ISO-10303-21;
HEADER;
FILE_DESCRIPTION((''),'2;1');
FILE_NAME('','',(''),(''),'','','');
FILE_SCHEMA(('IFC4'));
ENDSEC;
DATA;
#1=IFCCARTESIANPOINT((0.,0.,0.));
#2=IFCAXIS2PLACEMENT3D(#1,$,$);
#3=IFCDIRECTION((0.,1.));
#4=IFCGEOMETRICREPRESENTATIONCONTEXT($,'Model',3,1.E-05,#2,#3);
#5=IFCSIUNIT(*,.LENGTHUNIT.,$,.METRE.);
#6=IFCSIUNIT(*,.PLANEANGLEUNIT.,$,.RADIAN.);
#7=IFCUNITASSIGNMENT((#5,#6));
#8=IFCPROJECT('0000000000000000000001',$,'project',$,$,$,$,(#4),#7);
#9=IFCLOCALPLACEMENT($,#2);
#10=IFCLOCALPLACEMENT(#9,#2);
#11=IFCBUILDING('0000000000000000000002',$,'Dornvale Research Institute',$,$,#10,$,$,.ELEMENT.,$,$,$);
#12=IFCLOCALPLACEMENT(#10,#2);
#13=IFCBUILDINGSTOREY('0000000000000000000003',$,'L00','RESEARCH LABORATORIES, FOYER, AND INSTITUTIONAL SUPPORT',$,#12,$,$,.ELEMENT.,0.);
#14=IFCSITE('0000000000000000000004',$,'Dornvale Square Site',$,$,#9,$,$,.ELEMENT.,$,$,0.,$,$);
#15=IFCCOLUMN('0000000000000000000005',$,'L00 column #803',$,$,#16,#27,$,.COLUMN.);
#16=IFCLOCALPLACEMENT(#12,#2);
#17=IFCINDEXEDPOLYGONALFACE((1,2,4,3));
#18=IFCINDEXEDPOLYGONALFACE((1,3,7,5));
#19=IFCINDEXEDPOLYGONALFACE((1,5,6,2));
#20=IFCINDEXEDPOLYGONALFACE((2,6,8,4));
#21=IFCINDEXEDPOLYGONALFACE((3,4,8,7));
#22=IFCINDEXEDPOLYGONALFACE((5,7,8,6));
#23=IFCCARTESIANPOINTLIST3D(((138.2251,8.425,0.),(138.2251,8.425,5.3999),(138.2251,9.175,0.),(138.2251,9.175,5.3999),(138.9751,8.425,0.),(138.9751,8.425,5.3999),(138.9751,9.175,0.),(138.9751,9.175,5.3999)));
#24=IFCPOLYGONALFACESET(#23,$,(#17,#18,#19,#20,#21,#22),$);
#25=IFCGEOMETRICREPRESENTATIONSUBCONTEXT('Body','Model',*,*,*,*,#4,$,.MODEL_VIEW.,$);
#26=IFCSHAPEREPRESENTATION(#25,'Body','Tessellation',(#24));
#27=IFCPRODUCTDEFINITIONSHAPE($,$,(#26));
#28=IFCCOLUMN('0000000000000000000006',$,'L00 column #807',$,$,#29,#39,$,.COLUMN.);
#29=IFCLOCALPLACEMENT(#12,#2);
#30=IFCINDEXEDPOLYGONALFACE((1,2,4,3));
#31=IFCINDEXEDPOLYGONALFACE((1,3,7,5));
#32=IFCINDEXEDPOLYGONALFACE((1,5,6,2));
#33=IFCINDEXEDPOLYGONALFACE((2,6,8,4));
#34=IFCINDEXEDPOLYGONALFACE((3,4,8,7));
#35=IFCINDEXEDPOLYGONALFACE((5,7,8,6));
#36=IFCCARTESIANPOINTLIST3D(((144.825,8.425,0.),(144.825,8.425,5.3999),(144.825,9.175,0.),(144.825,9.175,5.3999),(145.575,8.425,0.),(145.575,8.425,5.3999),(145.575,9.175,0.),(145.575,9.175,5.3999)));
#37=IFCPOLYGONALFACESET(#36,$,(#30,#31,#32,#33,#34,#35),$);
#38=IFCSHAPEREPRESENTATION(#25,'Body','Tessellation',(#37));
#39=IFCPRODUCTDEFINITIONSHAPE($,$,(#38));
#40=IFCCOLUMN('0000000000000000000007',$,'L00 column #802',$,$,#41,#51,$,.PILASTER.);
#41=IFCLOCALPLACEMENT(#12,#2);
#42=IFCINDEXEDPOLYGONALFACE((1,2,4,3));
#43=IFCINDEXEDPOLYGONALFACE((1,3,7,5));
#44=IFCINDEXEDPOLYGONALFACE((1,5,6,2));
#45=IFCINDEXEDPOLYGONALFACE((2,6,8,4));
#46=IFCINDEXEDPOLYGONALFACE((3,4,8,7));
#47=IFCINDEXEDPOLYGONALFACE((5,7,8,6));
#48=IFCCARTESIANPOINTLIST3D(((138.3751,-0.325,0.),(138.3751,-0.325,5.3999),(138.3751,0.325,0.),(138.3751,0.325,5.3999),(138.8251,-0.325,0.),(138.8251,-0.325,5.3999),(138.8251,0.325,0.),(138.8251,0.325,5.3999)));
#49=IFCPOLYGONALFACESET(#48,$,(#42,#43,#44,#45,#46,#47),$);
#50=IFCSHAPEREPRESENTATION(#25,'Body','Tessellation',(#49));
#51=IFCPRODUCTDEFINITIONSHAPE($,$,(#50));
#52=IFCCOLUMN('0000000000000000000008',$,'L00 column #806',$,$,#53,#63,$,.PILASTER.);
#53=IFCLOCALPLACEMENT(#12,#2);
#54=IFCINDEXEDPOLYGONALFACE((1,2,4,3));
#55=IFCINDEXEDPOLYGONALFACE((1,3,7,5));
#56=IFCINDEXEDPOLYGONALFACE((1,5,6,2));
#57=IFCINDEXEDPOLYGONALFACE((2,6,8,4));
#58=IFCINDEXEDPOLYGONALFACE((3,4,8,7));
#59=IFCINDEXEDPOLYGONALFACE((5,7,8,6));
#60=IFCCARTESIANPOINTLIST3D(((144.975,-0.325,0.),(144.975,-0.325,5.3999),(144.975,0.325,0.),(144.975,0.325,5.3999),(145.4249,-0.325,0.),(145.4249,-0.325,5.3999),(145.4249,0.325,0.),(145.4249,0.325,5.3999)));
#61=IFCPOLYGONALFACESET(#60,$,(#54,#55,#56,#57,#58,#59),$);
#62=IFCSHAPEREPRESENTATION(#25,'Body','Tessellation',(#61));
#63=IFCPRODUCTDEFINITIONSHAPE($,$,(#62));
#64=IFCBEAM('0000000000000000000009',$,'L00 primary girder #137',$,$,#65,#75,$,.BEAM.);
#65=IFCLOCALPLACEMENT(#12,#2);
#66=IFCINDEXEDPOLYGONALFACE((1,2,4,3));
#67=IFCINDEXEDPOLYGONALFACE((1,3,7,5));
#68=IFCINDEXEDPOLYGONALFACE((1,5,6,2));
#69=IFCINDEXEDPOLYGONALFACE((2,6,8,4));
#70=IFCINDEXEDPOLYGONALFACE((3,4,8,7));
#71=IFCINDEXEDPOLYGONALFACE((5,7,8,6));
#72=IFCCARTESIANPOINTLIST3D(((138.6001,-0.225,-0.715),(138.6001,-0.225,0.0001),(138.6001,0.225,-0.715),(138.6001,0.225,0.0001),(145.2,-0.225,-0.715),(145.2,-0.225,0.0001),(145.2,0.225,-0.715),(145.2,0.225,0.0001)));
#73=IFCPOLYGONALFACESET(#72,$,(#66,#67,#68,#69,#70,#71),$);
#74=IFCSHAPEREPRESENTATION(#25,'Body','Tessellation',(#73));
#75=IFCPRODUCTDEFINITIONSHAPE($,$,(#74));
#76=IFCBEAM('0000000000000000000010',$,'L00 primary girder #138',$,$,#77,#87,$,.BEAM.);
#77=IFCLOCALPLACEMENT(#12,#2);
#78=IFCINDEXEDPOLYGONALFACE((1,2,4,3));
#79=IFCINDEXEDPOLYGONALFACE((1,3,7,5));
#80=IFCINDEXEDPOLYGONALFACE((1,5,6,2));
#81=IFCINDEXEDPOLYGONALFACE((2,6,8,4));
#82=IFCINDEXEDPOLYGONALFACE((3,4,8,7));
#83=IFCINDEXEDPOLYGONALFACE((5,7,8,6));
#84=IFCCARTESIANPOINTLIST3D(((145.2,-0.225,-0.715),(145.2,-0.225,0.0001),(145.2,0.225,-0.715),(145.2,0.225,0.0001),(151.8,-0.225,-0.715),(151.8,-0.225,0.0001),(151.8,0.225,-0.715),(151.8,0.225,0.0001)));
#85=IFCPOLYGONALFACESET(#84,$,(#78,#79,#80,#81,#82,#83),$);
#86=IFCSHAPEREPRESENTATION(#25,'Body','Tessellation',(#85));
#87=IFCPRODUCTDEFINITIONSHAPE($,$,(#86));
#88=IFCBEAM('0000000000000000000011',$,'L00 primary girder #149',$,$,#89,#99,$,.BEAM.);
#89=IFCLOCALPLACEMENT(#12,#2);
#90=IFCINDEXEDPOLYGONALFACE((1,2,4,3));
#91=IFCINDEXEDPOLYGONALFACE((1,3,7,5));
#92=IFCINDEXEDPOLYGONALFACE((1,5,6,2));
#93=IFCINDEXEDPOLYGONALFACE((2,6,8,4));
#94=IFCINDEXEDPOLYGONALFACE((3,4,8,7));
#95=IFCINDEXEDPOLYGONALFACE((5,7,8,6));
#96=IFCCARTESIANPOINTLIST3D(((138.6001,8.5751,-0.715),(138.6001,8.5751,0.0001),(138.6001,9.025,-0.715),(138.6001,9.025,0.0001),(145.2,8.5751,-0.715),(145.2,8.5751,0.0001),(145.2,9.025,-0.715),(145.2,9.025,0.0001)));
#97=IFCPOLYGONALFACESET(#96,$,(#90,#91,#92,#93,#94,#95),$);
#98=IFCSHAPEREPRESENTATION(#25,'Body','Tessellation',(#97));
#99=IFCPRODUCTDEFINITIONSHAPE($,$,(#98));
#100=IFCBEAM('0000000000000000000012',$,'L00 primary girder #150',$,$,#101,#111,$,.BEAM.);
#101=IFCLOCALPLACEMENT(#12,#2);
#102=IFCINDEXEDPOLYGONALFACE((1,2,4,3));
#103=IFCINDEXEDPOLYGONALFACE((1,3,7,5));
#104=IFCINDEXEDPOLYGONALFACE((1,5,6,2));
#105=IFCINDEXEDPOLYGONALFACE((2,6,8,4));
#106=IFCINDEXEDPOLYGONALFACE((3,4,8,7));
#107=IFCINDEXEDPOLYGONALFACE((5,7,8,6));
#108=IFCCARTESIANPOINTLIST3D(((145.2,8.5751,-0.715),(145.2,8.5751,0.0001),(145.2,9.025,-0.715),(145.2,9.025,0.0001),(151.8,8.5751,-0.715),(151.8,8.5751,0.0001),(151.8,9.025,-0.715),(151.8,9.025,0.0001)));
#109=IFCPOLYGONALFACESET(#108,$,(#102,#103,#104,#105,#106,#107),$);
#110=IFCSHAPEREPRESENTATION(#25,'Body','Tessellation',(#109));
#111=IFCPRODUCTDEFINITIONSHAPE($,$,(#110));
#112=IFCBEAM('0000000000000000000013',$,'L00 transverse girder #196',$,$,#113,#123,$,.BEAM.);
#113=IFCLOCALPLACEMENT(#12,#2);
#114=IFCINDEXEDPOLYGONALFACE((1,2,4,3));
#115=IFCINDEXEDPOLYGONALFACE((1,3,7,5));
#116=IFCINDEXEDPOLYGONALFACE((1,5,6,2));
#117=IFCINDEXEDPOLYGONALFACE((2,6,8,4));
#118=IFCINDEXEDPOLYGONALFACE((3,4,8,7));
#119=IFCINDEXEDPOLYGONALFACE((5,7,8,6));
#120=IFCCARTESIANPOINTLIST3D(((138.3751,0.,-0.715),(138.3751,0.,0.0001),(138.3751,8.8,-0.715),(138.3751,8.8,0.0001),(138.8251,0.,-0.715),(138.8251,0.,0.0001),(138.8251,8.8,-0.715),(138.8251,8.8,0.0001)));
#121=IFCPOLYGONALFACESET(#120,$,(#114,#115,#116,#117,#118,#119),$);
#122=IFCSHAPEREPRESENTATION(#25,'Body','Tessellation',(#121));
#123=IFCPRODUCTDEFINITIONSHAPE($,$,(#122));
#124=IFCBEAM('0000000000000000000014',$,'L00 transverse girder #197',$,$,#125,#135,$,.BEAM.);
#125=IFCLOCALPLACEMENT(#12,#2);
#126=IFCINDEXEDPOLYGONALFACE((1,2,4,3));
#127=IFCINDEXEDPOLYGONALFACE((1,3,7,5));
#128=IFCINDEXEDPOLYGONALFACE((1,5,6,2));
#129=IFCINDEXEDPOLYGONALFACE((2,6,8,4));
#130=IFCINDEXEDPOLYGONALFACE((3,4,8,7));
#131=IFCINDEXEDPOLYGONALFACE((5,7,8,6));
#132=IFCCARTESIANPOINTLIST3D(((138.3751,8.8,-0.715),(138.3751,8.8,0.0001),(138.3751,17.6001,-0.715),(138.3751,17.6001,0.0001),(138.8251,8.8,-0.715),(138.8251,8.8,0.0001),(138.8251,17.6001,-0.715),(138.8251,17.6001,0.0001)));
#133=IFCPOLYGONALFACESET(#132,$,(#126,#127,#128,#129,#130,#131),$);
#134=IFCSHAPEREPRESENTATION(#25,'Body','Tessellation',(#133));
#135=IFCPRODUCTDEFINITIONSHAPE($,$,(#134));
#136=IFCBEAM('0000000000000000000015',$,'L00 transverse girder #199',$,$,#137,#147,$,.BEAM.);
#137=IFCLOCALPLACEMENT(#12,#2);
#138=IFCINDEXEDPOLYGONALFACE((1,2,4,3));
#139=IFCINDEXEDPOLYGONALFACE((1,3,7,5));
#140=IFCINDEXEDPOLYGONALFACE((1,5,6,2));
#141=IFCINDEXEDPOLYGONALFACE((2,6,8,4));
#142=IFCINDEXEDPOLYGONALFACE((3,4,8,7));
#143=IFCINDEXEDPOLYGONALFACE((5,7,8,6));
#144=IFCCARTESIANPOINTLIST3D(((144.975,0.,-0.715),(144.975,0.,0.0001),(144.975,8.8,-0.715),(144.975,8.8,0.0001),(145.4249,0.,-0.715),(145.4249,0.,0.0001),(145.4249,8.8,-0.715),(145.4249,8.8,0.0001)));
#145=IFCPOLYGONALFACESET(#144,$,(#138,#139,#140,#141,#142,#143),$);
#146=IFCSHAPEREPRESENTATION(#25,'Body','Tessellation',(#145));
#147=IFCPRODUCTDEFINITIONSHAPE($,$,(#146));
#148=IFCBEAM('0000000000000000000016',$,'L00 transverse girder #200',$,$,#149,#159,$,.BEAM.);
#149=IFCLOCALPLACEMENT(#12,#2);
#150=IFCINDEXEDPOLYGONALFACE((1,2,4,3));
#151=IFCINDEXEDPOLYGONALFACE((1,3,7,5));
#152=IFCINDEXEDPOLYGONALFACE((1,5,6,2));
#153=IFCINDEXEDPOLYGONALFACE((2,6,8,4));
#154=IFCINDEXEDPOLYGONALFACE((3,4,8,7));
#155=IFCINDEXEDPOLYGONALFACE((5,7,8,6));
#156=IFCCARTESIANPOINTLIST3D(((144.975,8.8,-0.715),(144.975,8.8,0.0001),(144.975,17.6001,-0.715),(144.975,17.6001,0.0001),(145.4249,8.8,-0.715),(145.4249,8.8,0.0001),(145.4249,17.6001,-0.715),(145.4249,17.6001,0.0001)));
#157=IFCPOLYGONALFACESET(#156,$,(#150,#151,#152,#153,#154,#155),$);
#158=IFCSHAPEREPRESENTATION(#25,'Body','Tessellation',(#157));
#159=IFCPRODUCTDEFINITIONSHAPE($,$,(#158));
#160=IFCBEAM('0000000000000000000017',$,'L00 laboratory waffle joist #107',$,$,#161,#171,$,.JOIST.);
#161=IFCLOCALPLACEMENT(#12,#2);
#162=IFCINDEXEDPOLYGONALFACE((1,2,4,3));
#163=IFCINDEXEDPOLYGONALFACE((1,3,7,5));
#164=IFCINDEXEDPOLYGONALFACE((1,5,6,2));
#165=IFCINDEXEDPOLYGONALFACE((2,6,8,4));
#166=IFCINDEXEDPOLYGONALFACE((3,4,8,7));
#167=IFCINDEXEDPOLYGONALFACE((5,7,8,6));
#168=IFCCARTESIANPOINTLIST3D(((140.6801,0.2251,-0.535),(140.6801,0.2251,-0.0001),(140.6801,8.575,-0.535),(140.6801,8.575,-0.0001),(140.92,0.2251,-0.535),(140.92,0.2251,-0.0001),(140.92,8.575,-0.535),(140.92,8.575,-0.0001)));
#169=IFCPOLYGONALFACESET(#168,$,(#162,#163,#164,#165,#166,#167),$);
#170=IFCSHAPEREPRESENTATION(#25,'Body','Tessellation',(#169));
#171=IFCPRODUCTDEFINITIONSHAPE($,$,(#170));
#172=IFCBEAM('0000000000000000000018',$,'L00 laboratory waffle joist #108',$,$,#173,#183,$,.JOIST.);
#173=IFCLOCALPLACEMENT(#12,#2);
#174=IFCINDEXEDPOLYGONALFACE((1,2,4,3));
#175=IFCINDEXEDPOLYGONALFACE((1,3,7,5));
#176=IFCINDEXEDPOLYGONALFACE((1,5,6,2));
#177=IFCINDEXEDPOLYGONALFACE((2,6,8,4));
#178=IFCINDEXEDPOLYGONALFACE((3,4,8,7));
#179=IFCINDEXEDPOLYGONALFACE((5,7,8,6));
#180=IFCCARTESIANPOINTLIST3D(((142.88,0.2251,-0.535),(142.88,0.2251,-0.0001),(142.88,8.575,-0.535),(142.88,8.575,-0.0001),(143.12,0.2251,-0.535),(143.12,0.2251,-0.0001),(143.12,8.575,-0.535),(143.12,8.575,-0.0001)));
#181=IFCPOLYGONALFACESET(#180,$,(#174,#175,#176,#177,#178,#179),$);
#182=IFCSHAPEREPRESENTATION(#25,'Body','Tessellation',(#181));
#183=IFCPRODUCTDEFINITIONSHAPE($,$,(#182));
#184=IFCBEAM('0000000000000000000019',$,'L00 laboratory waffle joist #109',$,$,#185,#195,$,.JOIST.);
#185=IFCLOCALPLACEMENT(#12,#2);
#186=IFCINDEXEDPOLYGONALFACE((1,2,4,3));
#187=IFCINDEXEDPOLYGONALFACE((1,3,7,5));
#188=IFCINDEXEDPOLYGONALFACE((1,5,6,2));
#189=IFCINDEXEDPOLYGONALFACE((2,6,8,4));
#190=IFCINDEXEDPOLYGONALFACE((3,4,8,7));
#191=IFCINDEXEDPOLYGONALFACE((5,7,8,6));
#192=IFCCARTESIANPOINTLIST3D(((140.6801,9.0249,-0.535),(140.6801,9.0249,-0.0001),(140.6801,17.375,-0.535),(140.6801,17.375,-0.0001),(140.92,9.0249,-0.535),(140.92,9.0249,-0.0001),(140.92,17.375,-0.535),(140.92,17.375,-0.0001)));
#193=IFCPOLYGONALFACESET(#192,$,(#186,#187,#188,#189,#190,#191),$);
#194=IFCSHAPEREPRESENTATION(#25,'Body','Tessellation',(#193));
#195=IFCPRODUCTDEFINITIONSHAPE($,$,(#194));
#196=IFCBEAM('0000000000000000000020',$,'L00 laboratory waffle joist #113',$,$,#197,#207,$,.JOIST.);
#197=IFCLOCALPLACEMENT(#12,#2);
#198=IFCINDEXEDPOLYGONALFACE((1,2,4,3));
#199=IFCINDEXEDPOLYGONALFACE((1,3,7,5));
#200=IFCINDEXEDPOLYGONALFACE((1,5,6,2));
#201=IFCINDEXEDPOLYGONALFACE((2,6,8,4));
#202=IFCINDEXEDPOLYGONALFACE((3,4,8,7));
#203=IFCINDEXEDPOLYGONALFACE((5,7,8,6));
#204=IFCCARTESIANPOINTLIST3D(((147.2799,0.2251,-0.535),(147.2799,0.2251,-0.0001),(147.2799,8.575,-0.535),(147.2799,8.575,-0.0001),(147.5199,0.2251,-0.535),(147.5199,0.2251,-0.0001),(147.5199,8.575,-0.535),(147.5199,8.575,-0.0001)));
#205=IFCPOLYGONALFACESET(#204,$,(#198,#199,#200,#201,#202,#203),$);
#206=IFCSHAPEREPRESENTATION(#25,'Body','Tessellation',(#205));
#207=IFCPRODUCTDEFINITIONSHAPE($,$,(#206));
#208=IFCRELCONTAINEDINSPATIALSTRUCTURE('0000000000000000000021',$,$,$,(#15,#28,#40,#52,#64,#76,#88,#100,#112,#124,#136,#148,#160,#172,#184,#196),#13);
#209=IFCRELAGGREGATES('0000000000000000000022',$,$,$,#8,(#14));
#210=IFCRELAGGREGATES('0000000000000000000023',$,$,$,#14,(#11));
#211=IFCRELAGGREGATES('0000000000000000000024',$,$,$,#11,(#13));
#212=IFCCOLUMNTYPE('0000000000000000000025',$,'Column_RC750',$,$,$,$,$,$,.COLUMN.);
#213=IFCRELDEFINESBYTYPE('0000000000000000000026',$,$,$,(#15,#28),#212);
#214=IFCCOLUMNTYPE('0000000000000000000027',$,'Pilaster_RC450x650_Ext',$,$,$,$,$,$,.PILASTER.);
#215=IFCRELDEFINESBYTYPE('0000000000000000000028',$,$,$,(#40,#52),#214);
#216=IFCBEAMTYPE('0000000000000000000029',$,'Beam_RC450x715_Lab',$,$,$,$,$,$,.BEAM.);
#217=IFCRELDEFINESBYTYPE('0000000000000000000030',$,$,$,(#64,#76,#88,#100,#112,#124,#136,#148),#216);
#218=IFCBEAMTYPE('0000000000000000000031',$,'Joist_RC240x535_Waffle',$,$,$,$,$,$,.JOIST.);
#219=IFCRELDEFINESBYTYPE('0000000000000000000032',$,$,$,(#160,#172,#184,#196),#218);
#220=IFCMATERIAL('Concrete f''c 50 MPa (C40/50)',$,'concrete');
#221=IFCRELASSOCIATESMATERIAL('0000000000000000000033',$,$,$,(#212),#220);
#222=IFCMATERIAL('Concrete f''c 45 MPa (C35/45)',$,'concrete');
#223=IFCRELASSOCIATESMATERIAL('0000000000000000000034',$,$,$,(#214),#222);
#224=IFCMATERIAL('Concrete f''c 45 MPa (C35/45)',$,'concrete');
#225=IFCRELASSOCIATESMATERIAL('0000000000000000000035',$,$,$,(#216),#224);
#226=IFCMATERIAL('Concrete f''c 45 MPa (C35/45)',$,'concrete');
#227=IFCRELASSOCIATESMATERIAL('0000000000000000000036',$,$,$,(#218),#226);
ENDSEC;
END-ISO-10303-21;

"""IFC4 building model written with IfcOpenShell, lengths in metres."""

from ifc_helpers import new_model, si_unit, direction, frame, origin, origin_2d, place, context, subcontext, project, spatial, rectangle, extrude, material, material_profile, profile_set, type_object, element, save


model = new_model("IFC4")

# Units and contexts
model_context = context("Model", 3, precision=1e-05, world=origin(), true_north=direction((0.0, 1.0)))
body_context = subcontext(model_context, "Body", "Model", "MODEL_VIEW")
ifc_project = project(units=[si_unit("LENGTHUNIT", "METRE"), si_unit("PLANEANGLEUNIT", "RADIAN")], contexts=[model_context])

# Site, building, storey
site_placement = place(None, origin())
site = spatial("IfcSite", under=ifc_project, at=site_placement, Name="Dornvale Square Site", CompositionType="ELEMENT", RefElevation=0.0)
building_placement = place(site_placement, origin())
building = spatial("IfcBuilding", under=site, at=building_placement, Name="Dornvale Research Institute", CompositionType="ELEMENT")
storey_placement = place(building_placement, origin())
storey = spatial("IfcBuildingStorey", under=building, at=storey_placement, Name="L00", Description="RESEARCH LABORATORIES, FOYER, AND INSTITUTIONAL SUPPORT", CompositionType="ELEMENT", Elevation=0.0)

# Columns
ifc_material_1 = material(Name="Concrete f'c 50 MPa (C40/50)", Category="concrete")
ifc_material_profile_1 = material_profile(ifc_material_1, rectangle(XDim=0.75, YDim=0.75, at=origin_2d()), Name="RC 750x750")
ifc_profile_set_1 = profile_set([ifc_material_profile_1], Name="Concrete f'c 50 MPa (C40/50)")
column_type_1 = type_object("IfcColumnType", Name="Column_RC750", PredefinedType="COLUMN", material=ifc_profile_set_1)
for number, where, z_axis, x_axis, name in (
    (1, (138.6001, 8.8, 0.0), (0.0, 0.0, 1.0), (1.0, 0.0, 0.0), "L00 column #803"),
    (2, (145.2, 8.8, 0.0), (0.0, 0.0, 1.0), (1.0, 0.0, 0.0), "L00 column #807"),
):
    element("IfcColumn", number, at=place(storey_placement, frame(where, z_axis=z_axis, x_axis=x_axis)), inside=storey, type_object=column_type_1, Name=name, PredefinedType="COLUMN", context=body_context, shape_type="SweptSolid", body=[
        extrude(rectangle(XDim=0.75, YDim=0.75, at=origin_2d()), origin(), (0.0, 0.0, 1.0), 5.3999),
    ])
ifc_material_2 = material(Name="Concrete f'c 45 MPa (C35/45)", Category="concrete")
ifc_material_profile_2 = material_profile(ifc_material_2, rectangle(XDim=0.45, YDim=0.6499, at=origin_2d()), Name="RC 450x650")
ifc_profile_set_2 = profile_set([ifc_material_profile_2], Name="Concrete f'c 45 MPa (C35/45)")
column_type_2 = type_object("IfcColumnType", Name="Pilaster_RC450x650_Ext", PredefinedType="PILASTER", material=ifc_profile_set_2)
for number, where, z_axis, x_axis, name in (
    (3, (138.6001, 0.0, 0.0), (0.0, 0.0, 1.0), (1.0, 0.0, 0.0), "L00 column #802"),
    (4, (145.2, 0.0, 0.0), (0.0, 0.0, 1.0), (1.0, 0.0, 0.0), "L00 column #806"),
):
    element("IfcColumn", number, at=place(storey_placement, frame(where, z_axis=z_axis, x_axis=x_axis)), inside=storey, type_object=column_type_2, Name=name, PredefinedType="PILASTER", context=body_context, shape_type="SweptSolid", body=[
        extrude(rectangle(XDim=0.45, YDim=0.6499, at=origin_2d()), origin(), (0.0, 0.0, 1.0), 5.3999),
    ])

# Beams
ifc_material_3 = material(Name="Concrete f'c 45 MPa (C35/45)", Category="concrete")
ifc_material_profile_3 = material_profile(ifc_material_3, rectangle(XDim=0.45, YDim=0.7151, at=origin_2d()), Name="RC 450x715")
ifc_profile_set_3 = profile_set([ifc_material_profile_3], Name="Concrete f'c 45 MPa (C35/45)")
beam_type_1 = type_object("IfcBeamType", Name="Beam_RC450x715_Lab", PredefinedType="BEAM", material=ifc_profile_set_3)
beam_1_placement = place(storey_placement, frame((138.6001, 0.0, -0.3574), z_axis=(1.0, 0.0, 0.0), x_axis=(0.0, 1.0, 0.0)))
element("IfcBeam", 5, at=beam_1_placement, inside=storey, type_object=beam_type_1, Name="L00 primary girder #137", PredefinedType="BEAM", context=body_context, shape_type="SweptSolid", body=[
    extrude(rectangle(XDim=0.45, YDim=0.7151, at=origin_2d()), origin(), (0.0, 0.0, 1.0), 6.5999),
])
beam_2_placement = place(storey_placement, frame((145.2, 0.0, -0.3574), z_axis=(1.0, 0.0, 0.0), x_axis=(0.0, 1.0, 0.0)))
element("IfcBeam", 6, at=beam_2_placement, inside=storey, type_object=beam_type_1, Name="L00 primary girder #138", PredefinedType="BEAM", context=body_context, shape_type="SweptSolid", body=[
    extrude(rectangle(XDim=0.45, YDim=0.7151, at=origin_2d()), origin(), (0.0, 0.0, 1.0), 6.6001),
])
beam_3_placement = place(storey_placement, frame((138.6001, 8.8, -0.3574), z_axis=(1.0, 0.0, 0.0), x_axis=(0.0, 1.0, 0.0)))
element("IfcBeam", 7, at=beam_3_placement, inside=storey, type_object=beam_type_1, Name="L00 primary girder #149", PredefinedType="BEAM", context=body_context, shape_type="SweptSolid", body=[
    extrude(rectangle(XDim=0.45, YDim=0.7151, at=origin_2d()), origin(), (0.0, 0.0, 1.0), 6.5999),
])
beam_4_placement = place(storey_placement, frame((145.2, 8.8, -0.3574), z_axis=(1.0, 0.0, 0.0), x_axis=(0.0, 1.0, 0.0)))
element("IfcBeam", 8, at=beam_4_placement, inside=storey, type_object=beam_type_1, Name="L00 primary girder #150", PredefinedType="BEAM", context=body_context, shape_type="SweptSolid", body=[
    extrude(rectangle(XDim=0.45, YDim=0.7151, at=origin_2d()), origin(), (0.0, 0.0, 1.0), 6.6001),
])
for number, where, z_axis, x_axis, name in (
    (9, (138.6001, 0.0, -0.3574), (0.0, 1.0, 0.0), (-1.0, 0.0, 0.0), "L00 transverse girder #196"),
    (10, (138.6001, 8.8, -0.3574), (0.0, 1.0, 0.0), (-1.0, 0.0, 0.0), "L00 transverse girder #197"),
    (11, (145.2, 0.0, -0.3574), (0.0, 1.0, 0.0), (-1.0, 0.0, 0.0), "L00 transverse girder #199"),
    (12, (145.2, 8.8, -0.3574), (0.0, 1.0, 0.0), (-1.0, 0.0, 0.0), "L00 transverse girder #200"),
):
    element("IfcBeam", number, at=place(storey_placement, frame(where, z_axis=z_axis, x_axis=x_axis)), inside=storey, type_object=beam_type_1, Name=name, PredefinedType="BEAM", context=body_context, shape_type="SweptSolid", body=[
        extrude(rectangle(XDim=0.45, YDim=0.7151, at=origin_2d()), origin(), (0.0, 0.0, 1.0), 8.8),
    ])
ifc_material_4 = material(Name="Concrete f'c 45 MPa (C35/45)", Category="concrete")
ifc_material_profile_4 = material_profile(ifc_material_4, rectangle(XDim=0.24, YDim=0.5349, at=origin_2d()), Name="RC 240x535")
ifc_profile_set_4 = profile_set([ifc_material_profile_4], Name="Concrete f'c 45 MPa (C35/45)")
beam_type_2 = type_object("IfcBeamType", Name="Joist_RC240x535_Waffle", PredefinedType="JOIST", material=ifc_profile_set_4)
for number, where, z_axis, x_axis, name in (
    (13, (140.8, 0.2251, -0.2676), (0.0, 1.0, 0.0), (-1.0, 0.0, 0.0), "L00 laboratory waffle joist #107"),
    (14, (143.0, 0.2251, -0.2676), (0.0, 1.0, 0.0), (-1.0, 0.0, 0.0), "L00 laboratory waffle joist #108"),
):
    element("IfcBeam", number, at=place(storey_placement, frame(where, z_axis=z_axis, x_axis=x_axis)), inside=storey, type_object=beam_type_2, Name=name, PredefinedType="JOIST", context=body_context, shape_type="SweptSolid", body=[
        extrude(rectangle(XDim=0.24, YDim=0.5349, at=origin_2d()), origin(), (0.0, 0.0, 1.0), 8.3499),
    ])
beam_5_placement = place(storey_placement, frame((140.8, 9.0249, -0.2676), z_axis=(0.0, 1.0, 0.0), x_axis=(-1.0, 0.0, 0.0)))
element("IfcBeam", 15, at=beam_5_placement, inside=storey, type_object=beam_type_2, Name="L00 laboratory waffle joist #109", PredefinedType="JOIST", context=body_context, shape_type="SweptSolid", body=[
    extrude(rectangle(XDim=0.24, YDim=0.5349, at=origin_2d()), origin(), (0.0, 0.0, 1.0), 8.3501),
])
beam_6_placement = place(storey_placement, frame((147.3999, 0.2251, -0.2676), z_axis=(0.0, 1.0, 0.0), x_axis=(-1.0, 0.0, 0.0)))
element("IfcBeam", 16, at=beam_6_placement, inside=storey, type_object=beam_type_2, Name="L00 laboratory waffle joist #113", PredefinedType="JOIST", context=body_context, shape_type="SweptSolid", body=[
    extrude(rectangle(XDim=0.24, YDim=0.5349, at=origin_2d()), origin(), (0.0, 0.0, 1.0), 8.3499),
])

save(model, "model.ifc")
